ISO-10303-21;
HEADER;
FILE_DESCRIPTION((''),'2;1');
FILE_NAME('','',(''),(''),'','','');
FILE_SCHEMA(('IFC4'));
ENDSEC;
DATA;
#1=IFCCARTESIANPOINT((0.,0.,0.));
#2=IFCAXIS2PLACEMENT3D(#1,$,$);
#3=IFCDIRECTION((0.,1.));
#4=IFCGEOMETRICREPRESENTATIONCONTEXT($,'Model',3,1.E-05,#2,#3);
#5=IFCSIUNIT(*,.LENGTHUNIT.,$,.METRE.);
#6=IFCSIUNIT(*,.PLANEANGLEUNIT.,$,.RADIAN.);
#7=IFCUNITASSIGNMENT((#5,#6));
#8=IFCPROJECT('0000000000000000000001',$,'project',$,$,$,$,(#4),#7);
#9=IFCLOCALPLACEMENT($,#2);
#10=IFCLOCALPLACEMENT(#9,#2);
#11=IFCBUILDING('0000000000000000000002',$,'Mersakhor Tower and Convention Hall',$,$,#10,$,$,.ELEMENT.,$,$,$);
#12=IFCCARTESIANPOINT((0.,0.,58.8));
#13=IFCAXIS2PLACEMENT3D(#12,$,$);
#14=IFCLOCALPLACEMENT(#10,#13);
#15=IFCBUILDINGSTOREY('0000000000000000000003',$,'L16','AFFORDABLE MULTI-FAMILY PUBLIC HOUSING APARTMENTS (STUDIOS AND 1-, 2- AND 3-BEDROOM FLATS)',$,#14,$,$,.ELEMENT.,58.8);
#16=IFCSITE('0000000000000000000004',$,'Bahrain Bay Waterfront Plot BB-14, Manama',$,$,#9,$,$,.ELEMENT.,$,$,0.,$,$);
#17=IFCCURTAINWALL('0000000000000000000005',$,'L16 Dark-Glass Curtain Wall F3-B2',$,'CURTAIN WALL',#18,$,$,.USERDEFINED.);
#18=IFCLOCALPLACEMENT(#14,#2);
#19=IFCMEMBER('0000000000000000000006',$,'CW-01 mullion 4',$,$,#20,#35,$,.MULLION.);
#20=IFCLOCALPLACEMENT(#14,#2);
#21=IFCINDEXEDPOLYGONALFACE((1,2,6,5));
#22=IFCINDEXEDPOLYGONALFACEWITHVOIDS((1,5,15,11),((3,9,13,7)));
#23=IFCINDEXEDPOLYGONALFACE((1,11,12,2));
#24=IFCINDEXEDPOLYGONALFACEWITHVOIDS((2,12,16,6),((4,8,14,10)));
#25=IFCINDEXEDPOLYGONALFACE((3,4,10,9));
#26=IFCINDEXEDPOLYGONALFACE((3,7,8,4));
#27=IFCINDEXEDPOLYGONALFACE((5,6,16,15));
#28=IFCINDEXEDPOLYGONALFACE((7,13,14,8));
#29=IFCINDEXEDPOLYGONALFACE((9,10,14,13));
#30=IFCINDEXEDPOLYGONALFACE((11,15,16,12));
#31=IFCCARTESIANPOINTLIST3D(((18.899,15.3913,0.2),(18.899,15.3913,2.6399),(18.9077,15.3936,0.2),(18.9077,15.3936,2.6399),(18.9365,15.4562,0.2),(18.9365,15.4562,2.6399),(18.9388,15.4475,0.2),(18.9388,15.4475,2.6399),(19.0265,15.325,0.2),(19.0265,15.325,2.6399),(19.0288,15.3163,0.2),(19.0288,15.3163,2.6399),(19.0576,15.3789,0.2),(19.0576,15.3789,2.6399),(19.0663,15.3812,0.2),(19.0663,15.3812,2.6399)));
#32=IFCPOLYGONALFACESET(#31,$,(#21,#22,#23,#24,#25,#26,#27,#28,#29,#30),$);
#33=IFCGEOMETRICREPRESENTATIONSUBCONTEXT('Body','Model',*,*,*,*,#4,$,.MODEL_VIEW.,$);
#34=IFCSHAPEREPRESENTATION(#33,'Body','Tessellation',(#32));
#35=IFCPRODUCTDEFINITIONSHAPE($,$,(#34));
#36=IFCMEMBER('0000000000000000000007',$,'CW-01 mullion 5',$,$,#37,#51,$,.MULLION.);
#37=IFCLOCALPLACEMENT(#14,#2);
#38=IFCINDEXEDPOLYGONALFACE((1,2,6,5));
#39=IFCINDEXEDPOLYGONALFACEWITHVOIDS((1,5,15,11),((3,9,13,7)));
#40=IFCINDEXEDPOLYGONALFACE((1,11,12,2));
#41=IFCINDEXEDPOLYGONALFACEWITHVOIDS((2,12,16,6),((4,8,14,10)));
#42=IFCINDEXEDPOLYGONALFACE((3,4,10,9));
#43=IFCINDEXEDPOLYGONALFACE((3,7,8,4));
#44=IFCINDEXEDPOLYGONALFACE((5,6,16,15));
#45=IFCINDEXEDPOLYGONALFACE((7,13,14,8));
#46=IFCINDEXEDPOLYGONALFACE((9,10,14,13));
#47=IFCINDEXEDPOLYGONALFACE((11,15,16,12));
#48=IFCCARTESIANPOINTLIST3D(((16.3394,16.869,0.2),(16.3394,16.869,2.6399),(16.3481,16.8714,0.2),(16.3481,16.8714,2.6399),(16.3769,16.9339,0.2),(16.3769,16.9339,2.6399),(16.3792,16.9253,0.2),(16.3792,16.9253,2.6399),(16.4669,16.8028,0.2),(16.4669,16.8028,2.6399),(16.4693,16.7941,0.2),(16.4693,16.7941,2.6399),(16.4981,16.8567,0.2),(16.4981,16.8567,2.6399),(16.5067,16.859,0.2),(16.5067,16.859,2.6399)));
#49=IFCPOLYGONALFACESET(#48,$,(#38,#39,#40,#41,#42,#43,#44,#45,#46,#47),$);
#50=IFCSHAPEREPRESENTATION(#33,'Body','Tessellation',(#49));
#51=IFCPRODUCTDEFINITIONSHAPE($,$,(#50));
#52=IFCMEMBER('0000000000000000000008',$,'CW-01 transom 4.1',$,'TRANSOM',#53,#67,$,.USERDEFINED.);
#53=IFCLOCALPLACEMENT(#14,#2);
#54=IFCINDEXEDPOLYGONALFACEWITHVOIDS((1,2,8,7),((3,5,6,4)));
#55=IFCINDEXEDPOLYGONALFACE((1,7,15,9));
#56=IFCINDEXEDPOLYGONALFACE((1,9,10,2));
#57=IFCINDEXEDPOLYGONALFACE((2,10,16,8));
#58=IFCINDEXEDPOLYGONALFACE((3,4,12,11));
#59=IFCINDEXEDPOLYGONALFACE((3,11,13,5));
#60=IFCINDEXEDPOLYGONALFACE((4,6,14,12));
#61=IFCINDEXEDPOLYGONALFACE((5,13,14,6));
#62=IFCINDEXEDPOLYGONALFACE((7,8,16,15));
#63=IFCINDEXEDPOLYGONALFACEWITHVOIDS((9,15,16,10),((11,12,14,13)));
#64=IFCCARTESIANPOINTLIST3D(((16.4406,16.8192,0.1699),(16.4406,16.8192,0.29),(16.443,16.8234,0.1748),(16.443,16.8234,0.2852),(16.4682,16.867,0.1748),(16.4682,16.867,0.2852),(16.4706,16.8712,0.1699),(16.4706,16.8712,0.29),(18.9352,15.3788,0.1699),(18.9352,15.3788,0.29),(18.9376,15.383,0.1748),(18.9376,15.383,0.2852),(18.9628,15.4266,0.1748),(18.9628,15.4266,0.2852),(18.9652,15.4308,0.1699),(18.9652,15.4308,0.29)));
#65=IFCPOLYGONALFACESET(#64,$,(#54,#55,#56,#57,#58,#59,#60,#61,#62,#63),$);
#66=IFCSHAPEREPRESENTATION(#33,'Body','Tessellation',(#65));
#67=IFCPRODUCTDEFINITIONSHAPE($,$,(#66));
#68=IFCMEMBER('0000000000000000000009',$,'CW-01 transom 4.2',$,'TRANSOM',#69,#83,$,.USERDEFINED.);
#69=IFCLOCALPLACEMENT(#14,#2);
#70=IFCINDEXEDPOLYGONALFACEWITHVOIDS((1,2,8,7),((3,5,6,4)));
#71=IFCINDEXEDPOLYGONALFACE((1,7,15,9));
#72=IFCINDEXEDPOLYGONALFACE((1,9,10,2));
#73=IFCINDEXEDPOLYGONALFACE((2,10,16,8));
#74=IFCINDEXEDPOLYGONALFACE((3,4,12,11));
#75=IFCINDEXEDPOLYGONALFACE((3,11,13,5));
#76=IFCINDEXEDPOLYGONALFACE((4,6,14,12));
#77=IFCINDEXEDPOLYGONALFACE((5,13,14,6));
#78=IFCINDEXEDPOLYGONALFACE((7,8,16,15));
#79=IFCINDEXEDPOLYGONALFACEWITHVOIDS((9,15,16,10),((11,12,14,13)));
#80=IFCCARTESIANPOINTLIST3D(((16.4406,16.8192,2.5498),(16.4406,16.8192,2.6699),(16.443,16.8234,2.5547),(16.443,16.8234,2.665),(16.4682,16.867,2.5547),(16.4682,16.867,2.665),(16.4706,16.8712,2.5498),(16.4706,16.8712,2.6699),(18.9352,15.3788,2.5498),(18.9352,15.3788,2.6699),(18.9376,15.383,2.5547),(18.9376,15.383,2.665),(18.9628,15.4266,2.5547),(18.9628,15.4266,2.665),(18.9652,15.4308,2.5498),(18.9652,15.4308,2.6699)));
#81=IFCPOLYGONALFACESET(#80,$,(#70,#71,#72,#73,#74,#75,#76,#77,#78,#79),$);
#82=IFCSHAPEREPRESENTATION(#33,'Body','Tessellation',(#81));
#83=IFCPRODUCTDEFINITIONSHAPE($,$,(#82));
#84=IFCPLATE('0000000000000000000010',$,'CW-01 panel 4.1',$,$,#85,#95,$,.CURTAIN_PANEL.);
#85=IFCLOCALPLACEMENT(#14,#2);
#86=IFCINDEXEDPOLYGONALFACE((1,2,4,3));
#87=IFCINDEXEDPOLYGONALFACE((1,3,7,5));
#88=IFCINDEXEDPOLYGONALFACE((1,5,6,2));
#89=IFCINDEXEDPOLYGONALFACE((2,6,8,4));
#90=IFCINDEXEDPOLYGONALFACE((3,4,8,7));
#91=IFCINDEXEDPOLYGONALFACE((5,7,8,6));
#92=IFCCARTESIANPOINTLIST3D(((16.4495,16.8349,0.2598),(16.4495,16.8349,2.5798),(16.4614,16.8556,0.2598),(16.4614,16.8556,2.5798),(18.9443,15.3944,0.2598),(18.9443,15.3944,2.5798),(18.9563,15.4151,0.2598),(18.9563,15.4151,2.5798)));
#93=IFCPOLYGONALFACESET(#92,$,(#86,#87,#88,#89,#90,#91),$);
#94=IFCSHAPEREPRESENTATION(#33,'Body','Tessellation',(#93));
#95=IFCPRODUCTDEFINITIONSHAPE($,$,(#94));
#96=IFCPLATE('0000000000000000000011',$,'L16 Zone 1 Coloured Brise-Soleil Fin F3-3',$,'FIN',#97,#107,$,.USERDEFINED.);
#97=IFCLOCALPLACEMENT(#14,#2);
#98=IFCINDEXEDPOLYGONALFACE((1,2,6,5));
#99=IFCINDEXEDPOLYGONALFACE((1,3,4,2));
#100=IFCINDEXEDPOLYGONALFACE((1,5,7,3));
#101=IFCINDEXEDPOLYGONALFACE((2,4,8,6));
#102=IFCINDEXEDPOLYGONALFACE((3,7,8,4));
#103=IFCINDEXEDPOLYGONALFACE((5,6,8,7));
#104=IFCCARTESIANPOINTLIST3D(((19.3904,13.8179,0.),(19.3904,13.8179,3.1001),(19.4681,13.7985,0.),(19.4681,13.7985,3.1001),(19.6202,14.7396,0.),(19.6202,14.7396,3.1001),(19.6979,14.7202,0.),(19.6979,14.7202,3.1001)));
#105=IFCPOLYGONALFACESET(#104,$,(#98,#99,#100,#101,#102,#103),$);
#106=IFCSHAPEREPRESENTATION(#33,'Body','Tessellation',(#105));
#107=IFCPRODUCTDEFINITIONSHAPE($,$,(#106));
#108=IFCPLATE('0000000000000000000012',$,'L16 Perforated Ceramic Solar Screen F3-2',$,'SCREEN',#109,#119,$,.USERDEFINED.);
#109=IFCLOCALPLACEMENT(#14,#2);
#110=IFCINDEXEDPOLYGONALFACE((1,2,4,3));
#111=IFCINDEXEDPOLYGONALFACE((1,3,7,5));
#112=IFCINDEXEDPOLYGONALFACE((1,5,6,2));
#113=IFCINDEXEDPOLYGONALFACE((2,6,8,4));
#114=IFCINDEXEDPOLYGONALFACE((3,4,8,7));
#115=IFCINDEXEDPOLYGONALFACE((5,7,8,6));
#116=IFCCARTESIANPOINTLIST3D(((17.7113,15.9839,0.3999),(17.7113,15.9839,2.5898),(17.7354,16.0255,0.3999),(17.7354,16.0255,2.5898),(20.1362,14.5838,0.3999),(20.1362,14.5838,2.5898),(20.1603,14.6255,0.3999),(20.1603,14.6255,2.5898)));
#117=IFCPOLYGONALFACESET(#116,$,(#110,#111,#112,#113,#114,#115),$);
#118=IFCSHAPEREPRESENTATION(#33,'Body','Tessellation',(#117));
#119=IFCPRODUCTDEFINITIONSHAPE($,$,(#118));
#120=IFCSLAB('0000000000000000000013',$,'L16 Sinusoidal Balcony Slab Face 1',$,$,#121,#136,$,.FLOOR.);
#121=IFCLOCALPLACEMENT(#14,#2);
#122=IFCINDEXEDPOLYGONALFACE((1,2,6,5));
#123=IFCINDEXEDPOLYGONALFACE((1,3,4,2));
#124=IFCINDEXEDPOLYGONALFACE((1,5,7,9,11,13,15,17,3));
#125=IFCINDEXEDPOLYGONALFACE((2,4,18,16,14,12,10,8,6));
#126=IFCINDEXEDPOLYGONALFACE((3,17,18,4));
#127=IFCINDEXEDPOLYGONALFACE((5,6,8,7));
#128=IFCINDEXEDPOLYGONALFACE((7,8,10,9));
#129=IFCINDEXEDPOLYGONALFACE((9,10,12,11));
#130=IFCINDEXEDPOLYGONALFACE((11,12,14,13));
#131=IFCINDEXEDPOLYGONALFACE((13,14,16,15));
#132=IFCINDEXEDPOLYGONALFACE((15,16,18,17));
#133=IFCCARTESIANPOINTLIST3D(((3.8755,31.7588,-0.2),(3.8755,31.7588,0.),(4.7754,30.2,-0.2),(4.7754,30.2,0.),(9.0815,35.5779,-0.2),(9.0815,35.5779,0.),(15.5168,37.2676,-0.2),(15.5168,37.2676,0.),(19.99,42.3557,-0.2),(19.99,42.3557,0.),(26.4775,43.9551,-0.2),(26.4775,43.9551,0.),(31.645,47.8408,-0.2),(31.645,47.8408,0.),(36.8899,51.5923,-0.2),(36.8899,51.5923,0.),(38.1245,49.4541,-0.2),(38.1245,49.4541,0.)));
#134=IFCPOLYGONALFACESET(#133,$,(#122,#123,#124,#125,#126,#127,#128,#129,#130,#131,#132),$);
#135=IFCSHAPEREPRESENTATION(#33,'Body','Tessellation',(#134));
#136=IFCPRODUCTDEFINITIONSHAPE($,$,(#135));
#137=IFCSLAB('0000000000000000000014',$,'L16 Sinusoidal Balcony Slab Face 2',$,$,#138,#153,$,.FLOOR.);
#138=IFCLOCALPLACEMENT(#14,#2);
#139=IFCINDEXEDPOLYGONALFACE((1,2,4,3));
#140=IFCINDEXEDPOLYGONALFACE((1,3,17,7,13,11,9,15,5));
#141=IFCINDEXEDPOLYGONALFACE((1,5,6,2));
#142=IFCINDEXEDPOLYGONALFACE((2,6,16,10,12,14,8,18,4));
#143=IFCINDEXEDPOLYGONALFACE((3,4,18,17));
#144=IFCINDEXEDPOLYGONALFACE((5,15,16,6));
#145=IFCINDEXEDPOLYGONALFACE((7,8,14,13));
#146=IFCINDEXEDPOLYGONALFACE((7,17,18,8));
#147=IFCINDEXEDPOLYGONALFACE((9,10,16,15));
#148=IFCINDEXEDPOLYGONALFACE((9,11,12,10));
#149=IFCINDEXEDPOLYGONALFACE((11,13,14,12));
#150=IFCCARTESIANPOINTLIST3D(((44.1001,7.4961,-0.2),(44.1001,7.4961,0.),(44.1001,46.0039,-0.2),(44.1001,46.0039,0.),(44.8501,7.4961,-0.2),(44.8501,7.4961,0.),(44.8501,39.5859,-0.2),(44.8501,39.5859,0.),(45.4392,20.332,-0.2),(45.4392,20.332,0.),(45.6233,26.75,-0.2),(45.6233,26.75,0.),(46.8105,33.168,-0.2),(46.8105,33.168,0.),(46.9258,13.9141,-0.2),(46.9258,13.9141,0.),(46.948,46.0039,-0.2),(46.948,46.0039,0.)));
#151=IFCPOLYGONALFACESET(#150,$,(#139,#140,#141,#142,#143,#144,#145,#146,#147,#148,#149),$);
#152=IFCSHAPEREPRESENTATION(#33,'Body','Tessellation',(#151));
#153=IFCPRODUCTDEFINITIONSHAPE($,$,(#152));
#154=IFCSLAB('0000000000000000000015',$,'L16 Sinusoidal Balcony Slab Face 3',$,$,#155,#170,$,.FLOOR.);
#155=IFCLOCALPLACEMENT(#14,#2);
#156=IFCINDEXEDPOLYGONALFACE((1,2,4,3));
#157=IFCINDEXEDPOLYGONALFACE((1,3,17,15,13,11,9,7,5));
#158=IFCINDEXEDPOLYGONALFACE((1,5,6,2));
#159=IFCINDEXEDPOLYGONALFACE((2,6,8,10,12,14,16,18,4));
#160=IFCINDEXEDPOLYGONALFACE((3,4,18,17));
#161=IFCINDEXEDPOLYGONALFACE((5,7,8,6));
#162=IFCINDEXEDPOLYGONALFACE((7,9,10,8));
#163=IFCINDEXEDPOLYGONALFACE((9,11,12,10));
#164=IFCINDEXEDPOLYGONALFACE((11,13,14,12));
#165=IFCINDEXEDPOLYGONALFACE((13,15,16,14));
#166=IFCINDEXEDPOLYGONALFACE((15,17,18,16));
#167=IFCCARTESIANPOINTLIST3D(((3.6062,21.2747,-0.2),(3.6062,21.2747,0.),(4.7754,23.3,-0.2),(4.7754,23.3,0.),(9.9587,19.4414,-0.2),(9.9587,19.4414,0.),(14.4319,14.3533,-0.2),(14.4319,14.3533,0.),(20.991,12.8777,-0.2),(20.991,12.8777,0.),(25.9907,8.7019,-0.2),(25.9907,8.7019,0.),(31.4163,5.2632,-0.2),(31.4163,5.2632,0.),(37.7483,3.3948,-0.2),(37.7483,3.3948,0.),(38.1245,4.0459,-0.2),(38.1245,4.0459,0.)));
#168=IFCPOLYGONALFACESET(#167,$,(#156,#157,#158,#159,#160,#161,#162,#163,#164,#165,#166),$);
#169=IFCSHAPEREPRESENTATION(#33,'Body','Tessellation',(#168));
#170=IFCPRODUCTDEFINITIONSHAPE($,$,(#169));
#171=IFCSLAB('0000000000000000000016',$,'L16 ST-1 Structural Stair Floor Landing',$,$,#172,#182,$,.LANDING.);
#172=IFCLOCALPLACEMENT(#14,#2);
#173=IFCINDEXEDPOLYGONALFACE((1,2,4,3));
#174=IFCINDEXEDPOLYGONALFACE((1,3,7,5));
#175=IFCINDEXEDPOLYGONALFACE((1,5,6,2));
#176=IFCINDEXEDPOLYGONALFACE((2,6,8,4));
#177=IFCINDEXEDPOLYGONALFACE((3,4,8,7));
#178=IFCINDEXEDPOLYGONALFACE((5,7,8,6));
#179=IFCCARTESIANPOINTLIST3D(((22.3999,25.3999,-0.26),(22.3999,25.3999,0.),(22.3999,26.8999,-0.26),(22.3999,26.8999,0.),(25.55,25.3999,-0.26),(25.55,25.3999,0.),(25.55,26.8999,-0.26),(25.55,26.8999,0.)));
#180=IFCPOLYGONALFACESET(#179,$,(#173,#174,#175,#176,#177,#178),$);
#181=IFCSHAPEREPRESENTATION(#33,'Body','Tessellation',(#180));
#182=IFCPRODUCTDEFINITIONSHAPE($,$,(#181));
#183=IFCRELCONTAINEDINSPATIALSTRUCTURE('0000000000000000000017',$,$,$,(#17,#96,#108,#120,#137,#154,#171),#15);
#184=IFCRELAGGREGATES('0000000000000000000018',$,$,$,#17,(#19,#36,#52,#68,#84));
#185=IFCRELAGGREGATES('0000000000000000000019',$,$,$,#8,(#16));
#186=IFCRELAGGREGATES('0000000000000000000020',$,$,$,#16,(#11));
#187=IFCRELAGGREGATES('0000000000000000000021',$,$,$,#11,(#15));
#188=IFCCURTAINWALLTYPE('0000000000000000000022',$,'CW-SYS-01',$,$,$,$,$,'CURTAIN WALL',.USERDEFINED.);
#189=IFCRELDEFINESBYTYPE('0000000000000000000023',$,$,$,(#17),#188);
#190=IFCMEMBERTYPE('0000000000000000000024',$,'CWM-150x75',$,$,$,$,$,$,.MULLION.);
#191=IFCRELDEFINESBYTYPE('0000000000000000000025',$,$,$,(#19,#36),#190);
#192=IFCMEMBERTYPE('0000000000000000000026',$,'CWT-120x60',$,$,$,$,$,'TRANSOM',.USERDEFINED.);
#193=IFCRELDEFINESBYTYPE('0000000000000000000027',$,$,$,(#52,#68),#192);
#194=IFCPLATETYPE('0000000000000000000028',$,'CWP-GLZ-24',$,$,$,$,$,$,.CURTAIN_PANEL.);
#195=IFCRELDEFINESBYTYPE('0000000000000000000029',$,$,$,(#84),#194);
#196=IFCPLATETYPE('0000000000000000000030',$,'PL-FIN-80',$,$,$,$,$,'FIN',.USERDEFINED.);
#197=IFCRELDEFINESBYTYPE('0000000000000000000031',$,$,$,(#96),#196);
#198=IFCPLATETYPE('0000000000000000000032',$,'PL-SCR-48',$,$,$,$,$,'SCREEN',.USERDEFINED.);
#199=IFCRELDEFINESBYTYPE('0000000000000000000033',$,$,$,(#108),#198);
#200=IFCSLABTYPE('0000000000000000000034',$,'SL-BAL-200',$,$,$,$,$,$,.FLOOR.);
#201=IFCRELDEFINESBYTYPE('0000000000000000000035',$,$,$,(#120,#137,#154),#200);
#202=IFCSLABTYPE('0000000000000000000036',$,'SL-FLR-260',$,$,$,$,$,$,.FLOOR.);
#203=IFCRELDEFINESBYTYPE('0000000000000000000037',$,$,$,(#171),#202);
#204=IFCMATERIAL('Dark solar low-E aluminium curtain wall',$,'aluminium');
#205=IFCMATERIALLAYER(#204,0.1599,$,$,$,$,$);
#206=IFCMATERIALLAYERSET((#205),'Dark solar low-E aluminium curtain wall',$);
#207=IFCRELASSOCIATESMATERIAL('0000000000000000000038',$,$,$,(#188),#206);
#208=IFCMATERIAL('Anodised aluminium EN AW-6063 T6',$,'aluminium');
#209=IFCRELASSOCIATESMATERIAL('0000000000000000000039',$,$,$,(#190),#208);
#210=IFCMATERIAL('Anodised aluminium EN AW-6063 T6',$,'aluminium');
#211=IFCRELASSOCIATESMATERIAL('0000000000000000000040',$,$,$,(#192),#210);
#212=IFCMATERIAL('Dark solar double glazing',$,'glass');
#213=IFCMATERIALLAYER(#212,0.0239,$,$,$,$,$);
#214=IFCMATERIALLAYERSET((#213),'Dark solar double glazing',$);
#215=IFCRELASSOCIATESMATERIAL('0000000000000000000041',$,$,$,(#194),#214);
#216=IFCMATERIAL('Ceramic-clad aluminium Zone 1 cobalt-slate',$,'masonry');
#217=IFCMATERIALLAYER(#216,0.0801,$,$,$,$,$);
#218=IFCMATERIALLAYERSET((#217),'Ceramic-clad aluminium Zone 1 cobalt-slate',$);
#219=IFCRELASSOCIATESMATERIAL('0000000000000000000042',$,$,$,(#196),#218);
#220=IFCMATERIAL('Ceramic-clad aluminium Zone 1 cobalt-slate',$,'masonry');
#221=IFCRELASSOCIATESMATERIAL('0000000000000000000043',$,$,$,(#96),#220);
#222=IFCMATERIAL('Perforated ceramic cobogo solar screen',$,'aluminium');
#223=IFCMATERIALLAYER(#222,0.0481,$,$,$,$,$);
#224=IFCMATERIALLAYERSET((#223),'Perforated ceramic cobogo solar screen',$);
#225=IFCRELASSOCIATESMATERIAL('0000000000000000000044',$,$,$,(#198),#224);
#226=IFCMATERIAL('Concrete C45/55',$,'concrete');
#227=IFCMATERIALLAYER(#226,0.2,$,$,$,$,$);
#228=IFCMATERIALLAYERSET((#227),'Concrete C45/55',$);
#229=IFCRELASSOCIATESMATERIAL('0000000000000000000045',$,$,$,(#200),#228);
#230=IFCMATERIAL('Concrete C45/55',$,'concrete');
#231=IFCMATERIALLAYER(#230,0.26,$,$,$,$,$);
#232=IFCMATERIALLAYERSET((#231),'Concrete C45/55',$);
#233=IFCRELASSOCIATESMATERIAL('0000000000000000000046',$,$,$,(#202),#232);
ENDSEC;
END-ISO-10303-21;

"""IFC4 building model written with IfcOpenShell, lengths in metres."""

from ifc_helpers import new_model, si_unit, direction, frame, origin, origin_2d, place, context, subcontext, project, spatial, polyline, rectangle, hollow_rectangle, outline, extrude, material, layer, layer_set, material_profile, profile_set, type_object, element, aggregate, save


model = new_model("IFC4")

# Units and contexts
model_context = context("Model", 3, precision=1e-05, world=origin(), true_north=direction((0.0, 1.0)))
body_context = subcontext(model_context, "Body", "Model", "MODEL_VIEW")
ifc_project = project(units=[si_unit("LENGTHUNIT", "METRE"), si_unit("PLANEANGLEUNIT", "RADIAN")], contexts=[model_context])

# Site, building, storey
site_placement = place(None, origin())
site = spatial("IfcSite", under=ifc_project, at=site_placement, Name="Bahrain Bay Waterfront Plot BB-14, Manama", CompositionType="ELEMENT", RefElevation=0.0)
building_placement = place(site_placement, origin())
building = spatial("IfcBuilding", under=site, at=building_placement, Name="Mersakhor Tower and Convention Hall", CompositionType="ELEMENT")
storey_placement = place(building_placement, frame((0.0, 0.0, 58.8)))
storey = spatial("IfcBuildingStorey", under=building, at=storey_placement, Name="L16", Description="AFFORDABLE MULTI-FAMILY PUBLIC HOUSING APARTMENTS (STUDIOS AND 1-, 2- AND 3-BEDROOM FLATS)", CompositionType="ELEMENT", Elevation=58.8)

# Curtain wall, members, plate
ifc_material_1 = material(Name="Dark solar low-E aluminium curtain wall", Category="aluminium")
ifc_layer_1 = layer(ifc_material_1, 0.1599)
ifc_layer_set_1 = layer_set([ifc_layer_1], Name="Dark solar low-E aluminium curtain wall")
curtain_wall_type = type_object("IfcCurtainWallType", Name="CW-SYS-01", ElementType="CURTAIN WALL", PredefinedType="USERDEFINED", material=ifc_layer_set_1)
curtain_wall_placement = place(storey_placement, origin())
curtain_wall = element("IfcCurtainWall", 1, at=curtain_wall_placement, inside=storey, type_object=curtain_wall_type, Name="L16 Dark-Glass Curtain Wall F3-B2", ObjectType="CURTAIN WALL", PredefinedType="USERDEFINED")
ifc_material_2 = material(Name="Anodised aluminium EN AW-6063 T6", Category="aluminium")
ifc_material_profile_1 = material_profile(ifc_material_2, hollow_rectangle(XDim=0.075, YDim=0.1499, WallThickness=0.0063, at=origin_2d()), Name="RHS 150x75x6.3")
ifc_profile_set_1 = profile_set([ifc_material_profile_1], Name="Anodised aluminium EN AW-6063 T6")
member_type_1 = type_object("IfcMemberType", Name="CWM-150x75", PredefinedType="MULLION", material=ifc_profile_set_1)
member_1_placement = place(storey_placement, frame((18.9827, 15.3862, 0.2), z_axis=(0.0, 0.0, 1.0), x_axis=(-0.500003, -0.866023, 0.0)))
member_1 = element("IfcMember", 2, at=member_1_placement, type_object=member_type_1, Name="CW-01 mullion 4", PredefinedType="MULLION", context=body_context, shape_type="SweptSolid", body=[
    extrude(hollow_rectangle(XDim=0.075, YDim=0.1499, WallThickness=0.0063, at=origin_2d()), origin(), (0.0, 0.0, 1.0), 2.4399),
])
member_2_placement = place(storey_placement, frame((16.4231, 16.864, 0.2), z_axis=(0.0, 0.0, 1.0), x_axis=(-0.500003, -0.866023, 0.0)))
member_2 = element("IfcMember", 3, at=member_2_placement, type_object=member_type_1, Name="CW-01 mullion 5", PredefinedType="MULLION", context=body_context, shape_type="SweptSolid", body=[
    extrude(hollow_rectangle(XDim=0.075, YDim=0.1499, WallThickness=0.0063, at=origin_2d()), origin(), (0.0, 0.0, 1.0), 2.4399),
])
ifc_material_3 = material(Name="Anodised aluminium EN AW-6063 T6", Category="aluminium")
ifc_material_profile_2 = material_profile(ifc_material_3, hollow_rectangle(XDim=0.0601, YDim=0.1201, WallThickness=0.0049, at=origin_2d()), Name="RHS 120x60x5")
ifc_profile_set_2 = profile_set([ifc_material_profile_2], Name="Anodised aluminium EN AW-6063 T6")
member_type_2 = type_object("IfcMemberType", Name="CWT-120x60", ElementType="TRANSOM", PredefinedType="USERDEFINED", material=ifc_profile_set_2)
member_3_placement = place(storey_placement, frame((18.9502, 15.4048, 0.23), z_axis=(-0.866002, 0.50004, 0.0), x_axis=(-0.50004, -0.866002, 0.0)))
member_3 = element("IfcMember", 4, at=member_3_placement, type_object=member_type_2, Name="CW-01 transom 4.1", ObjectType="TRANSOM", PredefinedType="USERDEFINED", context=body_context, shape_type="SweptSolid", body=[
    extrude(hollow_rectangle(XDim=0.0601, YDim=0.1201, WallThickness=0.0049, at=origin_2d()), origin(), (0.0, 0.0, 1.0), 2.8806),
])
member_4_placement = place(storey_placement, frame((18.9502, 15.4048, 2.6099), z_axis=(-0.866002, 0.50004, 0.0), x_axis=(-0.50004, -0.866002, 0.0)))
member_4 = element("IfcMember", 5, at=member_4_placement, type_object=member_type_2, Name="CW-01 transom 4.2", ObjectType="TRANSOM", PredefinedType="USERDEFINED", context=body_context, shape_type="SweptSolid", body=[
    extrude(hollow_rectangle(XDim=0.0601, YDim=0.1201, WallThickness=0.0049, at=origin_2d()), origin(), (0.0, 0.0, 1.0), 2.8806),
])
ifc_material_4 = material(Name="Dark solar double glazing", Category="glass")
ifc_layer_2 = layer(ifc_material_4, 0.0239)
ifc_layer_set_2 = layer_set([ifc_layer_2], Name="Dark solar double glazing")
plate_type_1 = type_object("IfcPlateType", Name="CWP-GLZ-24", PredefinedType="CURTAIN_PANEL", material=ifc_layer_set_2)
plate_1_placement = place(storey_placement, frame((17.7029, 16.125, 0.2598), z_axis=(0.0, 0.0, 1.0), x_axis=(-0.866023, 0.500003, 0.0)))
plate_1 = element("IfcPlate", 6, at=plate_1_placement, type_object=plate_type_1, Name="CW-01 panel 4.1", PredefinedType="CURTAIN_PANEL", context=body_context, shape_type="SweptSolid", body=[
    extrude(rectangle(XDim=2.8809, YDim=0.0239, at=origin_2d()), origin(), (0.0, 0.0, 1.0), 2.3201),
])
aggregate(curtain_wall, [member_1, member_2, member_3, member_4, plate_1])

# Plates
ifc_material_5 = material(Name="Ceramic-clad aluminium Zone 1 cobalt-slate", Category="masonry")
ifc_material_6 = material(Name="Ceramic-clad aluminium Zone 1 cobalt-slate", Category="masonry")
ifc_layer_3 = layer(ifc_material_6, 0.0801)
ifc_layer_set_3 = layer_set([ifc_layer_3], Name="Ceramic-clad aluminium Zone 1 cobalt-slate")
plate_type_2 = type_object("IfcPlateType", Name="PL-FIN-80", ElementType="FIN", PredefinedType="USERDEFINED", material=ifc_layer_set_3)
plate_2_placement = place(storey_placement, frame((19.5442, 14.269, 0.0), z_axis=(0.0, 0.0, 1.0), x_axis=(-0.241922, -0.970296, 0.0)))
element("IfcPlate", 7, at=plate_2_placement, inside=storey, type_object=plate_type_2, material=ifc_material_5, Name="L16 Zone 1 Coloured Brise-Soleil Fin F3-3", ObjectType="FIN", PredefinedType="USERDEFINED", context=body_context, shape_type="SweptSolid", body=[
    extrude(rectangle(XDim=0.95, YDim=0.0801, at=origin_2d()), origin(), (0.0, 0.0, 1.0), 3.1001),
])
ifc_material_7 = material(Name="Perforated ceramic cobogo solar screen", Category="aluminium")
ifc_layer_4 = layer(ifc_material_7, 0.0481)
ifc_layer_set_4 = layer_set([ifc_layer_4], Name="Perforated ceramic cobogo solar screen")
plate_type_3 = type_object("IfcPlateType", Name="PL-SCR-48", ElementType="SCREEN", PredefinedType="USERDEFINED", material=ifc_layer_set_4)
plate_3_placement = place(storey_placement, frame((18.9358, 15.3047, 0.3999), z_axis=(0.0, 0.0, 1.0), x_axis=(-0.866025, 0.5, 0.0)))
element("IfcPlate", 8, at=plate_3_placement, inside=storey, type_object=plate_type_3, Name="L16 Perforated Ceramic Solar Screen F3-2", ObjectType="SCREEN", PredefinedType="USERDEFINED", context=body_context, shape_type="SweptSolid", body=[
    extrude(rectangle(XDim=2.8, YDim=0.0481, at=origin_2d()), origin(), (0.0, 0.0, 1.0), 2.1899),
])

# Slabs
ifc_material_8 = material(Name="Concrete C45/55", Category="concrete")
ifc_layer_5 = layer(ifc_material_8, 0.2)
ifc_layer_set_5 = layer_set([ifc_layer_5], Name="Concrete C45/55")
slab_type_1 = type_object("IfcSlabType", Name="SL-BAL-200", PredefinedType="FLOOR", material=ifc_layer_set_5)
slab_1_placement = place(storey_placement, frame((0.0, 0.0, -0.2)))
element("IfcSlab", 9, at=slab_1_placement, inside=storey, type_object=slab_type_1, Name="L16 Sinusoidal Balcony Slab Face 1", PredefinedType="FLOOR", context=body_context, shape_type="SweptSolid", body=[
    extrude(outline(polyline([(4.7754, 30.2), (38.1245, 49.4541), (36.8899, 51.5923), (31.645, 47.8408), (26.4775, 43.9551), (19.99, 42.3557), (15.5168, 37.2676), (9.0815, 35.5779), (3.8755, 31.7588), (4.7754, 30.2)])), origin(), (0.0, 0.0, 1.0), 0.2),
])
slab_2_placement = place(storey_placement, frame((0.0, 0.0, -0.2)))
element("IfcSlab", 10, at=slab_2_placement, inside=storey, type_object=slab_type_1, Name="L16 Sinusoidal Balcony Slab Face 2", PredefinedType="FLOOR", context=body_context, shape_type="SweptSolid", body=[
    extrude(outline(polyline([(44.1001, 46.0039), (44.1001, 7.4961), (44.8501, 7.4961), (46.9258, 13.9141), (45.4392, 20.332), (45.6233, 26.75), (46.8105, 33.168), (44.8501, 39.5859), (46.948, 46.0039), (44.1001, 46.0039)])), origin(), (0.0, 0.0, 1.0), 0.2),
])
slab_3_placement = place(storey_placement, frame((0.0, 0.0, -0.2)))
element("IfcSlab", 11, at=slab_3_placement, inside=storey, type_object=slab_type_1, Name="L16 Sinusoidal Balcony Slab Face 3", PredefinedType="FLOOR", context=body_context, shape_type="SweptSolid", body=[
    extrude(outline(polyline([(38.1245, 4.0459), (4.7754, 23.3), (3.6062, 21.2747), (9.9587, 19.4414), (14.4319, 14.3533), (20.991, 12.8777), (25.9907, 8.7019), (31.4163, 5.2632), (37.7483, 3.3948), (38.1245, 4.0459)])), origin(), (0.0, 0.0, 1.0), 0.2),
])
ifc_material_9 = material(Name="Concrete C45/55", Category="concrete")
ifc_layer_6 = layer(ifc_material_9, 0.26)
ifc_layer_set_6 = layer_set([ifc_layer_6], Name="Concrete C45/55")
slab_type_2 = type_object("IfcSlabType", Name="SL-FLR-260", PredefinedType="FLOOR", material=ifc_layer_set_6)
slab_4_placement = place(storey_placement, frame((0.0, 0.0, -0.26)))
element("IfcSlab", 12, at=slab_4_placement, inside=storey, type_object=slab_type_2, Name="L16 ST-1 Structural Stair Floor Landing", PredefinedType="LANDING", context=body_context, shape_type="SweptSolid", body=[
    extrude(outline(polyline([(25.55, 25.3999), (25.55, 26.8999), (22.3999, 26.8999), (22.3999, 25.3999), (25.55, 25.3999)])), origin(), (0.0, 0.0, 1.0), 0.26),
])

save(model, "model.ifc")
